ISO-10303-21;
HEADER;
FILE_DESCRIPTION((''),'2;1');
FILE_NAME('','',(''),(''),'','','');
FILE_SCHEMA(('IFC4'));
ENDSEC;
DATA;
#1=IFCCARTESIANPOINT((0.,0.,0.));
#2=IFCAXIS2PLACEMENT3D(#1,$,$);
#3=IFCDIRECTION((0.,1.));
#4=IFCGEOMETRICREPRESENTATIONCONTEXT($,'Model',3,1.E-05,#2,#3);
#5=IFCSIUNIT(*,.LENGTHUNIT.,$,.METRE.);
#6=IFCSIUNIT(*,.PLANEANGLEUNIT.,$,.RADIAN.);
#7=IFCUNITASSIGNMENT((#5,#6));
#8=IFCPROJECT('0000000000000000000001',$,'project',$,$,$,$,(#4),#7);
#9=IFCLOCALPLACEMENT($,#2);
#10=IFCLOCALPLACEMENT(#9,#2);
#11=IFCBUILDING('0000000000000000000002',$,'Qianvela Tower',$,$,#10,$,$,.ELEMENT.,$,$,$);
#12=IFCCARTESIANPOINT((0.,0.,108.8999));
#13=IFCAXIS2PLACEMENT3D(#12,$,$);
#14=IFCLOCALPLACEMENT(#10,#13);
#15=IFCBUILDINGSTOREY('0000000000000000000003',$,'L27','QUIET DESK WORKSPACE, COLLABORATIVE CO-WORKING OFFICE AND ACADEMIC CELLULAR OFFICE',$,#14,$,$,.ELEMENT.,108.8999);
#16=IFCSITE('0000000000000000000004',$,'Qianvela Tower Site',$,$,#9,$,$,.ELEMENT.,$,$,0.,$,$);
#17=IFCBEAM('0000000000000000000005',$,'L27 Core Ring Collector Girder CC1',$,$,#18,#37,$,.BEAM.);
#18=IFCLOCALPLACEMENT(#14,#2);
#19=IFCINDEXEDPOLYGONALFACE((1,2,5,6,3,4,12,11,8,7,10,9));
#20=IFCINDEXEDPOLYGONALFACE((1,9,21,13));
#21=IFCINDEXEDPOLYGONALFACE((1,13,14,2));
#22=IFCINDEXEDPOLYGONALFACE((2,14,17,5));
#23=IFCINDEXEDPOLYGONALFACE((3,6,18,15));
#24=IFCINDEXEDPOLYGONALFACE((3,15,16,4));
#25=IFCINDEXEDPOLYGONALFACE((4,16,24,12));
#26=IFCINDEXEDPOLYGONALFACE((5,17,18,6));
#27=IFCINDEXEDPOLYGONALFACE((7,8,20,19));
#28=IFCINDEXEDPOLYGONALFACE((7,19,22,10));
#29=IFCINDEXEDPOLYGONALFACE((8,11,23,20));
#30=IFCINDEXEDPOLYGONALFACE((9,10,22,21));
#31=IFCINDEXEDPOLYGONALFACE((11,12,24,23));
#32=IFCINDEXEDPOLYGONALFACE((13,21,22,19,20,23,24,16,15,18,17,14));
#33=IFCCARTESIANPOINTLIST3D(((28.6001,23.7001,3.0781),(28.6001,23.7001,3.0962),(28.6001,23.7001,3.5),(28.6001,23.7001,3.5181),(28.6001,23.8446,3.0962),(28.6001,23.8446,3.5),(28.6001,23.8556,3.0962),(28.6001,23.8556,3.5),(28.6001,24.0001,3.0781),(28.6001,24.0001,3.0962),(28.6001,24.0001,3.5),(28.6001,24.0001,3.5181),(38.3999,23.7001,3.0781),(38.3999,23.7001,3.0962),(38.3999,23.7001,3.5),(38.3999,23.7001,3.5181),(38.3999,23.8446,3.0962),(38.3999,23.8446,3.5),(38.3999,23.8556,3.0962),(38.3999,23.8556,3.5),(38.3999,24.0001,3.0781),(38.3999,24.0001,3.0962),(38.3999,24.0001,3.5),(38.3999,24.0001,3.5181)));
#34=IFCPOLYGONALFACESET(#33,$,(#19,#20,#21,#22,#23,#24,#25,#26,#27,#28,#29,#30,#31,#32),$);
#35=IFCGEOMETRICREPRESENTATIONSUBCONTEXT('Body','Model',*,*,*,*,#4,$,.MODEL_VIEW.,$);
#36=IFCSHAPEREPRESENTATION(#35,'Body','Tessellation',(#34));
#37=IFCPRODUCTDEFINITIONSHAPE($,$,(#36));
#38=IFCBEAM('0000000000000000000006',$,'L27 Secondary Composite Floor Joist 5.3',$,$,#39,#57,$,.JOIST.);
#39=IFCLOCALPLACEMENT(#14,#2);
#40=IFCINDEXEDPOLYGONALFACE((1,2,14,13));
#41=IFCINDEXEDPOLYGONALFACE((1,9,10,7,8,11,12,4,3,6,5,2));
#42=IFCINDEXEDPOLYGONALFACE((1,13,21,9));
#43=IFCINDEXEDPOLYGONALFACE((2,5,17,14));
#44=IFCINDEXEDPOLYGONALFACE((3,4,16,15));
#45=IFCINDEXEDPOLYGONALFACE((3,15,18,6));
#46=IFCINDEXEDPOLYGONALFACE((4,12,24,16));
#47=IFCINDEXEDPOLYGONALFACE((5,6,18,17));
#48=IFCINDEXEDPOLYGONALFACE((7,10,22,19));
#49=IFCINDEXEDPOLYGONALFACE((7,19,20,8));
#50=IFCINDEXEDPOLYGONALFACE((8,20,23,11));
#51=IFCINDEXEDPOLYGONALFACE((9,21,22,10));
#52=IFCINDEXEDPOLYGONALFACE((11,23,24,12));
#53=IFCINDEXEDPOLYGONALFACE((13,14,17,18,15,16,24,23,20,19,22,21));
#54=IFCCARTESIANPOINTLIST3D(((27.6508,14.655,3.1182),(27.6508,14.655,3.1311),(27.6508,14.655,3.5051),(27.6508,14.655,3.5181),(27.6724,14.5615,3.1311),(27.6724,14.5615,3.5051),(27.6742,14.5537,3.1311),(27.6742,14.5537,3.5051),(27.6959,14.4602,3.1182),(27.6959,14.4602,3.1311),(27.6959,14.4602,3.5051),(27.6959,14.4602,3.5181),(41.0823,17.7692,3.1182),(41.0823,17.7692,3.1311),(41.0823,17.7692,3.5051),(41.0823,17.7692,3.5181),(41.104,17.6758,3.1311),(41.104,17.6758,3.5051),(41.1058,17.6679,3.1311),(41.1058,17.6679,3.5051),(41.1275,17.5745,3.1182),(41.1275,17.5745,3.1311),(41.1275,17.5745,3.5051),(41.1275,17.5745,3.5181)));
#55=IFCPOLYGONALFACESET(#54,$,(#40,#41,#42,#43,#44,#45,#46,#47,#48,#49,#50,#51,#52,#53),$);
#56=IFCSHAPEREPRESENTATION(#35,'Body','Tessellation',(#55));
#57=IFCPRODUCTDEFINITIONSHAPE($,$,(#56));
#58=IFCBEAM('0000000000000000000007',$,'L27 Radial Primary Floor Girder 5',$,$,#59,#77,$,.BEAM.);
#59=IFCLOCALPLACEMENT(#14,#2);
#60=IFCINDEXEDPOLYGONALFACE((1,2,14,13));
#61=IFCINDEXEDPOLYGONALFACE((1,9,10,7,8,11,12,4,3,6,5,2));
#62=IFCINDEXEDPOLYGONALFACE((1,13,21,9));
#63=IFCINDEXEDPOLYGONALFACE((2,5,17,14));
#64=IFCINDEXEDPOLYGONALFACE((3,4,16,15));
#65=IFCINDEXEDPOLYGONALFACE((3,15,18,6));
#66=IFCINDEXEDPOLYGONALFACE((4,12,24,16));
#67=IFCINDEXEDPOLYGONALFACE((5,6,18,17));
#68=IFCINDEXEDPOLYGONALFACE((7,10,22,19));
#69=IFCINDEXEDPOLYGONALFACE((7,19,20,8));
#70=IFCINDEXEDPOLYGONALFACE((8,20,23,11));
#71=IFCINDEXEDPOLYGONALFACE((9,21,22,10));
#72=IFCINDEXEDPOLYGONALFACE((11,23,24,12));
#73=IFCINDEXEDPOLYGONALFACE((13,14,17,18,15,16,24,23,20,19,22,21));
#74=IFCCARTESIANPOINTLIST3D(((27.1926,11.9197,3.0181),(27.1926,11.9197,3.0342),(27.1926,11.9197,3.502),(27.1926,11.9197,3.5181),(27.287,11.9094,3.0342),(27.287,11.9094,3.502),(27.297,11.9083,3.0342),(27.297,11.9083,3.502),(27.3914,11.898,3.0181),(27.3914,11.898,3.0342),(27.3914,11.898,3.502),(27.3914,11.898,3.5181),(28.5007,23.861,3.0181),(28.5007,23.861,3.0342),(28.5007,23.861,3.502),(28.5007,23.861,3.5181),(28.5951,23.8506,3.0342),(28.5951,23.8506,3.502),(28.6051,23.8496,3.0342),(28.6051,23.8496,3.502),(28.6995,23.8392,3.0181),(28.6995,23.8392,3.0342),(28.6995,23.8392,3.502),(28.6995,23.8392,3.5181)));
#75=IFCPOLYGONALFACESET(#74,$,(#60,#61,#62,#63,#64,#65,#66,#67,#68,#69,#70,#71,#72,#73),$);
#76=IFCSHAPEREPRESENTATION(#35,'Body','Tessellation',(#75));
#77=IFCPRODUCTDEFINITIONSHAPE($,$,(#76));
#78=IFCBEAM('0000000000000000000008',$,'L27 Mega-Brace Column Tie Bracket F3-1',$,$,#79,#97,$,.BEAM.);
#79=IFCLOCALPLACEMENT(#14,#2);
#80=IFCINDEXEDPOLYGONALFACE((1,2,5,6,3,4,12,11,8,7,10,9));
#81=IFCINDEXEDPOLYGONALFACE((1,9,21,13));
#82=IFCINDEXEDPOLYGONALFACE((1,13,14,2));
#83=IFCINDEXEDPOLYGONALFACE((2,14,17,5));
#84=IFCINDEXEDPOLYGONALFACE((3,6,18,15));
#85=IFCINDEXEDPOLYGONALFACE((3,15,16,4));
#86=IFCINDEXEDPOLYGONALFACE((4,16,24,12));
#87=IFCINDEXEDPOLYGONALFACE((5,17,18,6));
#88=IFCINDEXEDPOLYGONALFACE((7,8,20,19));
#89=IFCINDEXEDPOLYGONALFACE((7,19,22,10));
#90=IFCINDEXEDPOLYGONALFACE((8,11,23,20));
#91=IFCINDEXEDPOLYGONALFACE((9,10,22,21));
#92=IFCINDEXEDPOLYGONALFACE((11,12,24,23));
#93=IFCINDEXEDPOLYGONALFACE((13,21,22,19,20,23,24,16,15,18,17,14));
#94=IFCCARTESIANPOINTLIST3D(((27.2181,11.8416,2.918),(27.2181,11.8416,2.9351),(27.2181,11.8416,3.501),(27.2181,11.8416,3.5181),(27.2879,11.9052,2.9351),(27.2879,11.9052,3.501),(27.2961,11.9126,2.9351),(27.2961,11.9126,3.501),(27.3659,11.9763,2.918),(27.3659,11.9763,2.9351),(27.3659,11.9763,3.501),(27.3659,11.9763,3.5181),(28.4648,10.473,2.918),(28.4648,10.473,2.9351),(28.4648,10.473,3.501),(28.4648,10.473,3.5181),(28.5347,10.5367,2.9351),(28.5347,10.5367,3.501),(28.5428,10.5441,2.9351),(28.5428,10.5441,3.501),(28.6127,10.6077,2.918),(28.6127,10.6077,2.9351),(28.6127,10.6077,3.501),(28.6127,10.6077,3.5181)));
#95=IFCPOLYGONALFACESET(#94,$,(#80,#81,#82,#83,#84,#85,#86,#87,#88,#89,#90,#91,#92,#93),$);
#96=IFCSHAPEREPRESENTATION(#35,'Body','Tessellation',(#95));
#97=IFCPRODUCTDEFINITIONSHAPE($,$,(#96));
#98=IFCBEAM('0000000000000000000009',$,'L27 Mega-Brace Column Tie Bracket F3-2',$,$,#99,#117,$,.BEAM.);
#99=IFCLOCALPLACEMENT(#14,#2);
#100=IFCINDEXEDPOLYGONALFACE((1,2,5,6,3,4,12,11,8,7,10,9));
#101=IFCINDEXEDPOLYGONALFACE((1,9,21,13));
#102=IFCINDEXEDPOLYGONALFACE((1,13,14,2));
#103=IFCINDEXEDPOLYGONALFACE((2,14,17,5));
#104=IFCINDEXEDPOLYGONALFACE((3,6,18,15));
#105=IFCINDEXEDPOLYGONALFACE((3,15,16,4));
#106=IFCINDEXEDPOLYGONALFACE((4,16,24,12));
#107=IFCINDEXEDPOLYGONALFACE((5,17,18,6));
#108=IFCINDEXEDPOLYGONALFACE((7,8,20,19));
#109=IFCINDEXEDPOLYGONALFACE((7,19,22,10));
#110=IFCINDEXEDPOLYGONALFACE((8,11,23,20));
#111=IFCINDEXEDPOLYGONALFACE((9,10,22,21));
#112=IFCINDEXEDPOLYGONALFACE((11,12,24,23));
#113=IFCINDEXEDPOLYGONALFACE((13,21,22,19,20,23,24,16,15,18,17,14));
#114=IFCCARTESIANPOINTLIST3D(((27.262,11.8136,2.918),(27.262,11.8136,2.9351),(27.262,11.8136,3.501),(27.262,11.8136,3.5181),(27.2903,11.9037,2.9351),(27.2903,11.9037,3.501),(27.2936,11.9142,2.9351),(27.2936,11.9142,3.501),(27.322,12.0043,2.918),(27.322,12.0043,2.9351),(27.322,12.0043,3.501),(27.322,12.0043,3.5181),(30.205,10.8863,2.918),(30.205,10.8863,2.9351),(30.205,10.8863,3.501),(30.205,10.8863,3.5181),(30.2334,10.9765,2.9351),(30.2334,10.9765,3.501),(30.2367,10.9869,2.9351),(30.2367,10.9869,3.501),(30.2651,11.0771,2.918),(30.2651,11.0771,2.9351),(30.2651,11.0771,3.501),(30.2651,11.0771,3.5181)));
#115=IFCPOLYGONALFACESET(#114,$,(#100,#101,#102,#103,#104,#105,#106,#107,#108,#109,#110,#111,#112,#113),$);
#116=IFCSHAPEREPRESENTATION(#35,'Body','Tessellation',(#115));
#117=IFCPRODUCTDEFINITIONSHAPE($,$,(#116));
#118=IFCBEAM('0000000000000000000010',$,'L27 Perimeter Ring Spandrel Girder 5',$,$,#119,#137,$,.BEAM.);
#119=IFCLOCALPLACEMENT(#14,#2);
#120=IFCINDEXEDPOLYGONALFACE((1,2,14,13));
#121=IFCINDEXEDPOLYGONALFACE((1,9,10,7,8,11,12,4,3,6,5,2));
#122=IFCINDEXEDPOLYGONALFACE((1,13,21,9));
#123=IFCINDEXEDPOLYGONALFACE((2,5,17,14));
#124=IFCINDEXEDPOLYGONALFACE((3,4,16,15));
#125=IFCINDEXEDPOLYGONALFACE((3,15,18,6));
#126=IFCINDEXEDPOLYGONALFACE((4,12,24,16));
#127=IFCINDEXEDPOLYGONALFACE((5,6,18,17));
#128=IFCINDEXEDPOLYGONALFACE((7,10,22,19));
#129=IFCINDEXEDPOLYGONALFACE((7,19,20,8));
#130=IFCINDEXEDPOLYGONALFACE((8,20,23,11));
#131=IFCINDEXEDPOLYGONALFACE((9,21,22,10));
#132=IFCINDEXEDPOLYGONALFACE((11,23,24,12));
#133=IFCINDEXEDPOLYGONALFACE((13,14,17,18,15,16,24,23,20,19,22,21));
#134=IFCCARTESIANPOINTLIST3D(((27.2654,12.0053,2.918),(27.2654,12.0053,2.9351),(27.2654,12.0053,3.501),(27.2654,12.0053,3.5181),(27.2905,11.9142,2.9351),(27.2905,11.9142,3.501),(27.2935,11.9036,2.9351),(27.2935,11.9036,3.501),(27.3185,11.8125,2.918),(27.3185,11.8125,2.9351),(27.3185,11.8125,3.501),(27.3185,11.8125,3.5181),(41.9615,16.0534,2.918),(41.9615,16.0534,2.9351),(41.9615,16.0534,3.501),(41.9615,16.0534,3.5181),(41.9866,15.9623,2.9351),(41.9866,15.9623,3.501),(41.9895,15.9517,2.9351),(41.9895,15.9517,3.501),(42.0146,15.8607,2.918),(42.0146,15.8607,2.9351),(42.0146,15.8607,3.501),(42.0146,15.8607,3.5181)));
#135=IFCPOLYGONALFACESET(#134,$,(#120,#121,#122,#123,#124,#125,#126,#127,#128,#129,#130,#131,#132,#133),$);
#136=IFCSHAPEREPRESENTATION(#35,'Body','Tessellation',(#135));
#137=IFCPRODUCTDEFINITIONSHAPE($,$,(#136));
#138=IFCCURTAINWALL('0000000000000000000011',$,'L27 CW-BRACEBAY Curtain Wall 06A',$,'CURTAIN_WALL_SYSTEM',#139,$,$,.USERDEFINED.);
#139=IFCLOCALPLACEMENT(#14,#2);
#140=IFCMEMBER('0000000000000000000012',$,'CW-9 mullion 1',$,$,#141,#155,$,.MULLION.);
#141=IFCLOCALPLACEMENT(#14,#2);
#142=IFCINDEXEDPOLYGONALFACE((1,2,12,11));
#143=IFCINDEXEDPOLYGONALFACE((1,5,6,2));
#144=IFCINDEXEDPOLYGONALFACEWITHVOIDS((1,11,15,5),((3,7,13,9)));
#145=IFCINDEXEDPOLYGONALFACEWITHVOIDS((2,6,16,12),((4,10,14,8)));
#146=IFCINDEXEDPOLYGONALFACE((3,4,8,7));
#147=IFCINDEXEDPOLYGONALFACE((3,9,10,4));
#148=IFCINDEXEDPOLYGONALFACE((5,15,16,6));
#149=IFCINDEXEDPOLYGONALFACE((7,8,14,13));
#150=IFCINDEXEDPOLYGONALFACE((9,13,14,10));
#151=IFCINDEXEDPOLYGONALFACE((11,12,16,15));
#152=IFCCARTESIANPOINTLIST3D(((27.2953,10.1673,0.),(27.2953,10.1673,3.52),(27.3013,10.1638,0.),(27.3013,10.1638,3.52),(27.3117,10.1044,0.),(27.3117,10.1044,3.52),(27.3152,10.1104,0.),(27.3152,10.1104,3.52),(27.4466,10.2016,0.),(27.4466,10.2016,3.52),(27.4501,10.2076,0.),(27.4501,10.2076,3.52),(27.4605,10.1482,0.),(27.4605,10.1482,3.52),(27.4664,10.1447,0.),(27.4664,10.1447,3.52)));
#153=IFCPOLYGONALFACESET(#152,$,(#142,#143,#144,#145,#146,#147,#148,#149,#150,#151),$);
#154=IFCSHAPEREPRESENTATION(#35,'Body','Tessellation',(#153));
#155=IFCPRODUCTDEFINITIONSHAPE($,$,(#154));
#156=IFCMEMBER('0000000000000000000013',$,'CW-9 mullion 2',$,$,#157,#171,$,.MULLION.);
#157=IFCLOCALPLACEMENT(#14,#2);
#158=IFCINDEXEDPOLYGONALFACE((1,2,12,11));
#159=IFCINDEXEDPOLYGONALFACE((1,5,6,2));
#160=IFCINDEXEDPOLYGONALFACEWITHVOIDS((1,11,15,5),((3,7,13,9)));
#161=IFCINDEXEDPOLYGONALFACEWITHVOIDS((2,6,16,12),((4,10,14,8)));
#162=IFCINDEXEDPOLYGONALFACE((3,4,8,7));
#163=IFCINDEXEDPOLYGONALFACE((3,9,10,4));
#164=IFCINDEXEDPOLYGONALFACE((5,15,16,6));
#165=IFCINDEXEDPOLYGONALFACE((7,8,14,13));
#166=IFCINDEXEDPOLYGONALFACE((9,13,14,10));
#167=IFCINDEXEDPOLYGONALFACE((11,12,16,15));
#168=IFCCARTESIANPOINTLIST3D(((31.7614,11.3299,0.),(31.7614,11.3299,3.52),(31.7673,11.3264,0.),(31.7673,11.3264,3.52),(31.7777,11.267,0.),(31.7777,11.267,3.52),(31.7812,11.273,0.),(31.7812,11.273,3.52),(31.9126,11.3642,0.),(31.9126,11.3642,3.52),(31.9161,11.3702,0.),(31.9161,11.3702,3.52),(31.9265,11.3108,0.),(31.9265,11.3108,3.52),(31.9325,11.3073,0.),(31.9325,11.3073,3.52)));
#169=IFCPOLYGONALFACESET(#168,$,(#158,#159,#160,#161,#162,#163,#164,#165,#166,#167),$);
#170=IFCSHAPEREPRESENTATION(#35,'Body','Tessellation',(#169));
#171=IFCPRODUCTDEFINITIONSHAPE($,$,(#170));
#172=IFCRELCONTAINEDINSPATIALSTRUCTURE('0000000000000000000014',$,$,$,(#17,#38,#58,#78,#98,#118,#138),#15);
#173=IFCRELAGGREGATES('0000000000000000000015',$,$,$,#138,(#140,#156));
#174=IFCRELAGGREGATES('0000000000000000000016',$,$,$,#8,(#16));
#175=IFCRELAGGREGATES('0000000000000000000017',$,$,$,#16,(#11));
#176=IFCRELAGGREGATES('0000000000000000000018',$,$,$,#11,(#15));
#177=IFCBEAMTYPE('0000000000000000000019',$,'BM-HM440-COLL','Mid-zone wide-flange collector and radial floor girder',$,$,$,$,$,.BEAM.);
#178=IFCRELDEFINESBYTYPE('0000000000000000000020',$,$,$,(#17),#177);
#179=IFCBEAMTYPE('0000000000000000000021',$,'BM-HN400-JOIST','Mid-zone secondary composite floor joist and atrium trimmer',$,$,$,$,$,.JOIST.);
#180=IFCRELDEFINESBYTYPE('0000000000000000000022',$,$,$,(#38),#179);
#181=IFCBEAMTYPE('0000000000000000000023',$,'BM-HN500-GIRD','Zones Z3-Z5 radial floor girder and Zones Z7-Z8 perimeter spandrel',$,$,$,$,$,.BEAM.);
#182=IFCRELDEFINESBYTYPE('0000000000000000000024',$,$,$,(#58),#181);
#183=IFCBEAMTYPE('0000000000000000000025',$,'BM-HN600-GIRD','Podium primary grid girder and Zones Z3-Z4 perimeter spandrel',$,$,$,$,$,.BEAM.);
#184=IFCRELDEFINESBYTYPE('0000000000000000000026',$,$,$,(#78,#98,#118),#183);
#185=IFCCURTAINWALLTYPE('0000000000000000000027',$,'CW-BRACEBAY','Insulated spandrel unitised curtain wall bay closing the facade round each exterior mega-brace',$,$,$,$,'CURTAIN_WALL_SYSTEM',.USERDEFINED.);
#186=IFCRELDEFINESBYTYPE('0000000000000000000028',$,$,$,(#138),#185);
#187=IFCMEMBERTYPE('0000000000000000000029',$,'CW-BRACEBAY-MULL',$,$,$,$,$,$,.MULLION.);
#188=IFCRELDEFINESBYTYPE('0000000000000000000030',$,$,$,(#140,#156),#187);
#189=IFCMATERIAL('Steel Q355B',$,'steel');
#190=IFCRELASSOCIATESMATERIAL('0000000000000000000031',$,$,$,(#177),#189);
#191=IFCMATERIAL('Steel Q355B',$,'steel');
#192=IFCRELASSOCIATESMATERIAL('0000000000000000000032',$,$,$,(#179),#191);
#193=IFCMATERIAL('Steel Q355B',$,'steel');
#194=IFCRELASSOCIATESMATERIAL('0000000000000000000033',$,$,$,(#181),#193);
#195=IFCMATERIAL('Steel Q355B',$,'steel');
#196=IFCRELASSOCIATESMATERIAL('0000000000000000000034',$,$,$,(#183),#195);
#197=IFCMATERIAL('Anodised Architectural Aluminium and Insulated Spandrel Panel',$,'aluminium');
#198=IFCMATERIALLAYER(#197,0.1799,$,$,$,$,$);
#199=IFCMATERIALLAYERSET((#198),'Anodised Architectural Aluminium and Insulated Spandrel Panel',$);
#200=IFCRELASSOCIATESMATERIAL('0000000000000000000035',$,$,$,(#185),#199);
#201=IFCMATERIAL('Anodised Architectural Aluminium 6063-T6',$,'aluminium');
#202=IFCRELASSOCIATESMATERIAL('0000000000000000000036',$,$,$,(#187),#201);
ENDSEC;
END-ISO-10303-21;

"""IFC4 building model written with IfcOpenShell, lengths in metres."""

from ifc_helpers import new_model, si_unit, direction, frame, origin, origin_2d, place, context, subcontext, project, spatial, hollow_rectangle, i_section, extrude, material, layer, layer_set, material_profile, profile_set, type_object, element, aggregate, save


model = new_model("IFC4")

# Units and contexts
model_context = context("Model", 3, precision=1e-05, world=origin(), true_north=direction((0.0, 1.0)))
body_context = subcontext(model_context, "Body", "Model", "MODEL_VIEW")
ifc_project = project(units=[si_unit("LENGTHUNIT", "METRE"), si_unit("PLANEANGLEUNIT", "RADIAN")], contexts=[model_context])

# Site, building, storey
site_placement = place(None, origin())
site = spatial("IfcSite", under=ifc_project, at=site_placement, Name="Qianvela Tower Site", CompositionType="ELEMENT", RefElevation=0.0)
building_placement = place(site_placement, origin())
building = spatial("IfcBuilding", under=site, at=building_placement, Name="Qianvela Tower", CompositionType="ELEMENT")
storey_placement = place(building_placement, frame((0.0, 0.0, 108.8999)))
storey = spatial("IfcBuildingStorey", under=building, at=storey_placement, Name="L27", Description="QUIET DESK WORKSPACE, COLLABORATIVE CO-WORKING OFFICE AND ACADEMIC CELLULAR OFFICE", CompositionType="ELEMENT", Elevation=108.8999)

# Beams
ifc_material_1 = material(Name="Steel Q355B", Category="steel")
ifc_material_profile_1 = material_profile(ifc_material_1, i_section(OverallWidth=0.3, OverallDepth=0.4399, WebThickness=0.011, FlangeThickness=0.0181, at=origin_2d()), Name="HM440x300x11x18")
ifc_profile_set_1 = profile_set([ifc_material_profile_1], Name="Steel Q355B")
beam_type_1 = type_object("IfcBeamType", Name="BM-HM440-COLL", Description="Mid-zone wide-flange collector and radial floor girder", PredefinedType="BEAM", material=ifc_profile_set_1)
beam_1_placement = place(storey_placement, frame((28.6001, 23.8501, 3.2981), z_axis=(1.0, 0.0, 0.0), x_axis=(0.0, 1.0, 0.0)))
element("IfcBeam", 1, at=beam_1_placement, inside=storey, type_object=beam_type_1, Name="L27 Core Ring Collector Girder CC1", PredefinedType="BEAM", context=body_context, shape_type="SweptSolid", body=[
    extrude(i_section(OverallWidth=0.3, OverallDepth=0.4399, WebThickness=0.011, FlangeThickness=0.0181, at=origin_2d()), origin(), (0.0, 0.0, 1.0), 9.7998),
])
ifc_material_2 = material(Name="Steel Q355B", Category="steel")
ifc_material_profile_2 = material_profile(ifc_material_2, i_section(OverallWidth=0.2, OverallDepth=0.3999, WebThickness=0.0081, FlangeThickness=0.0129, at=origin_2d()), Name="HN400x200x8x13")
ifc_profile_set_2 = profile_set([ifc_material_profile_2], Name="Steel Q355B")
beam_type_2 = type_object("IfcBeamType", Name="BM-HN400-JOIST", Description="Mid-zone secondary composite floor joist and atrium trimmer", PredefinedType="JOIST", material=ifc_profile_set_2)
beam_2_placement = place(storey_placement, frame((27.6733, 14.5576, 3.3181), z_axis=(0.974158, 0.225868, 0.0), x_axis=(-0.225868, 0.974158, 0.0)))
element("IfcBeam", 2, at=beam_2_placement, inside=storey, type_object=beam_type_2, Name="L27 Secondary Composite Floor Joist 5.3", PredefinedType="JOIST", context=body_context, shape_type="SweptSolid", body=[
    extrude(i_section(OverallWidth=0.2, OverallDepth=0.3999, WebThickness=0.0081, FlangeThickness=0.0129, at=origin_2d()), origin(), (0.0, 0.0, 1.0), 13.7878),
])
ifc_material_3 = material(Name="Steel Q355B", Category="steel")
ifc_material_profile_3 = material_profile(ifc_material_3, i_section(OverallWidth=0.2, OverallDepth=0.5, WebThickness=0.01, FlangeThickness=0.0161, at=origin_2d()), Name="HN500x200x10x16")
ifc_profile_set_3 = profile_set([ifc_material_profile_3], Name="Steel Q355B")
beam_type_3 = type_object("IfcBeamType", Name="BM-HN500-GIRD", Description="Zones Z3-Z5 radial floor girder and Zones Z7-Z8 perimeter spandrel", PredefinedType="BEAM", material=ifc_profile_set_3)
beam_3_placement = place(storey_placement, frame((28.6001, 23.8501, 3.2681), z_axis=(-0.108894, -0.994053, 0.0), x_axis=(0.994053, -0.108894, 0.0)))
element("IfcBeam", 3, at=beam_3_placement, inside=storey, type_object=beam_type_3, Name="L27 Radial Primary Floor Girder 5", PredefinedType="BEAM", context=body_context, shape_type="SweptSolid", body=[
    extrude(i_section(OverallWidth=0.2, OverallDepth=0.5, WebThickness=0.01, FlangeThickness=0.0161, at=origin_2d()), origin(), (0.0, 0.0, 1.0), 12.0127),
])
ifc_material_4 = material(Name="Steel Q355B", Category="steel")
ifc_material_profile_4 = material_profile(ifc_material_4, i_section(OverallWidth=0.2, OverallDepth=0.6001, WebThickness=0.011, FlangeThickness=0.0171, at=origin_2d()), Name="HN600x200x11x17")
ifc_profile_set_4 = profile_set([ifc_material_profile_4], Name="Steel Q355B")
beam_type_4 = type_object("IfcBeamType", Name="BM-HN600-GIRD", Description="Podium primary grid girder and Zones Z3-Z4 perimeter spandrel", PredefinedType="BEAM", material=ifc_profile_set_4)
beam_4_placement = place(storey_placement, frame((27.292, 11.9089, 3.218), z_axis=(0.67344, -0.739242, 0.0), x_axis=(0.739242, 0.67344, 0.0)))
element("IfcBeam", 4, at=beam_4_placement, inside=storey, type_object=beam_type_4, Name="L27 Mega-Brace Column Tie Bracket F3-1", PredefinedType="BEAM", context=body_context, shape_type="SweptSolid", body=[
    extrude(i_section(OverallWidth=0.2, OverallDepth=0.6001, WebThickness=0.011, FlangeThickness=0.0171, at=origin_2d()), origin(), (0.0, 0.0, 1.0), 1.8513),
])
beam_5_placement = place(storey_placement, frame((27.292, 11.9089, 3.218), z_axis=(0.953783, -0.300495, 0.0), x_axis=(0.300495, 0.953783, 0.0)))
element("IfcBeam", 5, at=beam_5_placement, inside=storey, type_object=beam_type_4, Name="L27 Mega-Brace Column Tie Bracket F3-2", PredefinedType="BEAM", context=body_context, shape_type="SweptSolid", body=[
    extrude(i_section(OverallWidth=0.2, OverallDepth=0.6001, WebThickness=0.011, FlangeThickness=0.0171, at=origin_2d()), origin(), (0.0, 0.0, 1.0), 3.0857),
])
beam_6_placement = place(storey_placement, frame((27.292, 11.9089, 3.218), z_axis=(0.964093, 0.265564, 0.0), x_axis=(-0.265564, 0.964093, 0.0)))
element("IfcBeam", 6, at=beam_6_placement, inside=storey, type_object=beam_type_4, Name="L27 Perimeter Ring Spandrel Girder 5", PredefinedType="BEAM", context=body_context, shape_type="SweptSolid", body=[
    extrude(i_section(OverallWidth=0.2, OverallDepth=0.6001, WebThickness=0.011, FlangeThickness=0.0171, at=origin_2d()), origin(), (0.0, 0.0, 1.0), 15.2434),
])

# Curtain wall, members
ifc_material_5 = material(Name="Anodised Architectural Aluminium and Insulated Spandrel Panel", Category="aluminium")
ifc_layer_1 = layer(ifc_material_5, 0.1799)
ifc_layer_set_1 = layer_set([ifc_layer_1], Name="Anodised Architectural Aluminium and Insulated Spandrel Panel")
curtain_wall_type_1 = type_object("IfcCurtainWallType", Name="CW-BRACEBAY", Description="Insulated spandrel unitised curtain wall bay closing the facade round each exterior mega-brace", ElementType="CURTAIN_WALL_SYSTEM", PredefinedType="USERDEFINED", material=ifc_layer_set_1)
curtain_wall_1_placement = place(storey_placement, origin())
curtain_wall_1 = element("IfcCurtainWall", 7, at=curtain_wall_1_placement, inside=storey, type_object=curtain_wall_type_1, Name="L27 CW-BRACEBAY Curtain Wall 06A", ObjectType="CURTAIN_WALL_SYSTEM", PredefinedType="USERDEFINED")
ifc_material_6 = material(Name="Anodised Architectural Aluminium 6063-T6", Category="aluminium")
ifc_material_profile_5 = material_profile(ifc_material_6, hollow_rectangle(XDim=0.0649, YDim=0.1599, WallThickness=0.0049, at=origin_2d()), Name="ALU-MULL-65x160")
ifc_profile_set_5 = profile_set([ifc_material_profile_5], Name="Anodised Architectural Aluminium 6063-T6")
member_type_1 = type_object("IfcMemberType", Name="CW-BRACEBAY-MULL", PredefinedType="MULLION", material=ifc_profile_set_5)
member_1_placement = place(storey_placement, frame((27.3809, 10.156, 0.0), z_axis=(0.0, 0.0, 1.0), x_axis=(-0.251946, 0.967741, 0.0)))
member_1 = element("IfcMember", 8, at=member_1_placement, type_object=member_type_1, Name="CW-9 mullion 1", PredefinedType="MULLION", context=body_context, shape_type="SweptSolid", body=[
    extrude(hollow_rectangle(XDim=0.0649, YDim=0.1599, WallThickness=0.0049, at=origin_2d()), origin(), (0.0, 0.0, 1.0), 3.52),
])
member_2_placement = place(storey_placement, frame((31.8469, 11.3186, 0.0), z_axis=(0.0, 0.0, 1.0), x_axis=(-0.251946, 0.967741, 0.0)))
member_2 = element("IfcMember", 9, at=member_2_placement, type_object=member_type_1, Name="CW-9 mullion 2", PredefinedType="MULLION", context=body_context, shape_type="SweptSolid", body=[
    extrude(hollow_rectangle(XDim=0.0649, YDim=0.1599, WallThickness=0.0049, at=origin_2d()), origin(), (0.0, 0.0, 1.0), 3.52),
])

aggregate(curtain_wall_1, [member_1, member_2])

save(model, "model.ifc")
